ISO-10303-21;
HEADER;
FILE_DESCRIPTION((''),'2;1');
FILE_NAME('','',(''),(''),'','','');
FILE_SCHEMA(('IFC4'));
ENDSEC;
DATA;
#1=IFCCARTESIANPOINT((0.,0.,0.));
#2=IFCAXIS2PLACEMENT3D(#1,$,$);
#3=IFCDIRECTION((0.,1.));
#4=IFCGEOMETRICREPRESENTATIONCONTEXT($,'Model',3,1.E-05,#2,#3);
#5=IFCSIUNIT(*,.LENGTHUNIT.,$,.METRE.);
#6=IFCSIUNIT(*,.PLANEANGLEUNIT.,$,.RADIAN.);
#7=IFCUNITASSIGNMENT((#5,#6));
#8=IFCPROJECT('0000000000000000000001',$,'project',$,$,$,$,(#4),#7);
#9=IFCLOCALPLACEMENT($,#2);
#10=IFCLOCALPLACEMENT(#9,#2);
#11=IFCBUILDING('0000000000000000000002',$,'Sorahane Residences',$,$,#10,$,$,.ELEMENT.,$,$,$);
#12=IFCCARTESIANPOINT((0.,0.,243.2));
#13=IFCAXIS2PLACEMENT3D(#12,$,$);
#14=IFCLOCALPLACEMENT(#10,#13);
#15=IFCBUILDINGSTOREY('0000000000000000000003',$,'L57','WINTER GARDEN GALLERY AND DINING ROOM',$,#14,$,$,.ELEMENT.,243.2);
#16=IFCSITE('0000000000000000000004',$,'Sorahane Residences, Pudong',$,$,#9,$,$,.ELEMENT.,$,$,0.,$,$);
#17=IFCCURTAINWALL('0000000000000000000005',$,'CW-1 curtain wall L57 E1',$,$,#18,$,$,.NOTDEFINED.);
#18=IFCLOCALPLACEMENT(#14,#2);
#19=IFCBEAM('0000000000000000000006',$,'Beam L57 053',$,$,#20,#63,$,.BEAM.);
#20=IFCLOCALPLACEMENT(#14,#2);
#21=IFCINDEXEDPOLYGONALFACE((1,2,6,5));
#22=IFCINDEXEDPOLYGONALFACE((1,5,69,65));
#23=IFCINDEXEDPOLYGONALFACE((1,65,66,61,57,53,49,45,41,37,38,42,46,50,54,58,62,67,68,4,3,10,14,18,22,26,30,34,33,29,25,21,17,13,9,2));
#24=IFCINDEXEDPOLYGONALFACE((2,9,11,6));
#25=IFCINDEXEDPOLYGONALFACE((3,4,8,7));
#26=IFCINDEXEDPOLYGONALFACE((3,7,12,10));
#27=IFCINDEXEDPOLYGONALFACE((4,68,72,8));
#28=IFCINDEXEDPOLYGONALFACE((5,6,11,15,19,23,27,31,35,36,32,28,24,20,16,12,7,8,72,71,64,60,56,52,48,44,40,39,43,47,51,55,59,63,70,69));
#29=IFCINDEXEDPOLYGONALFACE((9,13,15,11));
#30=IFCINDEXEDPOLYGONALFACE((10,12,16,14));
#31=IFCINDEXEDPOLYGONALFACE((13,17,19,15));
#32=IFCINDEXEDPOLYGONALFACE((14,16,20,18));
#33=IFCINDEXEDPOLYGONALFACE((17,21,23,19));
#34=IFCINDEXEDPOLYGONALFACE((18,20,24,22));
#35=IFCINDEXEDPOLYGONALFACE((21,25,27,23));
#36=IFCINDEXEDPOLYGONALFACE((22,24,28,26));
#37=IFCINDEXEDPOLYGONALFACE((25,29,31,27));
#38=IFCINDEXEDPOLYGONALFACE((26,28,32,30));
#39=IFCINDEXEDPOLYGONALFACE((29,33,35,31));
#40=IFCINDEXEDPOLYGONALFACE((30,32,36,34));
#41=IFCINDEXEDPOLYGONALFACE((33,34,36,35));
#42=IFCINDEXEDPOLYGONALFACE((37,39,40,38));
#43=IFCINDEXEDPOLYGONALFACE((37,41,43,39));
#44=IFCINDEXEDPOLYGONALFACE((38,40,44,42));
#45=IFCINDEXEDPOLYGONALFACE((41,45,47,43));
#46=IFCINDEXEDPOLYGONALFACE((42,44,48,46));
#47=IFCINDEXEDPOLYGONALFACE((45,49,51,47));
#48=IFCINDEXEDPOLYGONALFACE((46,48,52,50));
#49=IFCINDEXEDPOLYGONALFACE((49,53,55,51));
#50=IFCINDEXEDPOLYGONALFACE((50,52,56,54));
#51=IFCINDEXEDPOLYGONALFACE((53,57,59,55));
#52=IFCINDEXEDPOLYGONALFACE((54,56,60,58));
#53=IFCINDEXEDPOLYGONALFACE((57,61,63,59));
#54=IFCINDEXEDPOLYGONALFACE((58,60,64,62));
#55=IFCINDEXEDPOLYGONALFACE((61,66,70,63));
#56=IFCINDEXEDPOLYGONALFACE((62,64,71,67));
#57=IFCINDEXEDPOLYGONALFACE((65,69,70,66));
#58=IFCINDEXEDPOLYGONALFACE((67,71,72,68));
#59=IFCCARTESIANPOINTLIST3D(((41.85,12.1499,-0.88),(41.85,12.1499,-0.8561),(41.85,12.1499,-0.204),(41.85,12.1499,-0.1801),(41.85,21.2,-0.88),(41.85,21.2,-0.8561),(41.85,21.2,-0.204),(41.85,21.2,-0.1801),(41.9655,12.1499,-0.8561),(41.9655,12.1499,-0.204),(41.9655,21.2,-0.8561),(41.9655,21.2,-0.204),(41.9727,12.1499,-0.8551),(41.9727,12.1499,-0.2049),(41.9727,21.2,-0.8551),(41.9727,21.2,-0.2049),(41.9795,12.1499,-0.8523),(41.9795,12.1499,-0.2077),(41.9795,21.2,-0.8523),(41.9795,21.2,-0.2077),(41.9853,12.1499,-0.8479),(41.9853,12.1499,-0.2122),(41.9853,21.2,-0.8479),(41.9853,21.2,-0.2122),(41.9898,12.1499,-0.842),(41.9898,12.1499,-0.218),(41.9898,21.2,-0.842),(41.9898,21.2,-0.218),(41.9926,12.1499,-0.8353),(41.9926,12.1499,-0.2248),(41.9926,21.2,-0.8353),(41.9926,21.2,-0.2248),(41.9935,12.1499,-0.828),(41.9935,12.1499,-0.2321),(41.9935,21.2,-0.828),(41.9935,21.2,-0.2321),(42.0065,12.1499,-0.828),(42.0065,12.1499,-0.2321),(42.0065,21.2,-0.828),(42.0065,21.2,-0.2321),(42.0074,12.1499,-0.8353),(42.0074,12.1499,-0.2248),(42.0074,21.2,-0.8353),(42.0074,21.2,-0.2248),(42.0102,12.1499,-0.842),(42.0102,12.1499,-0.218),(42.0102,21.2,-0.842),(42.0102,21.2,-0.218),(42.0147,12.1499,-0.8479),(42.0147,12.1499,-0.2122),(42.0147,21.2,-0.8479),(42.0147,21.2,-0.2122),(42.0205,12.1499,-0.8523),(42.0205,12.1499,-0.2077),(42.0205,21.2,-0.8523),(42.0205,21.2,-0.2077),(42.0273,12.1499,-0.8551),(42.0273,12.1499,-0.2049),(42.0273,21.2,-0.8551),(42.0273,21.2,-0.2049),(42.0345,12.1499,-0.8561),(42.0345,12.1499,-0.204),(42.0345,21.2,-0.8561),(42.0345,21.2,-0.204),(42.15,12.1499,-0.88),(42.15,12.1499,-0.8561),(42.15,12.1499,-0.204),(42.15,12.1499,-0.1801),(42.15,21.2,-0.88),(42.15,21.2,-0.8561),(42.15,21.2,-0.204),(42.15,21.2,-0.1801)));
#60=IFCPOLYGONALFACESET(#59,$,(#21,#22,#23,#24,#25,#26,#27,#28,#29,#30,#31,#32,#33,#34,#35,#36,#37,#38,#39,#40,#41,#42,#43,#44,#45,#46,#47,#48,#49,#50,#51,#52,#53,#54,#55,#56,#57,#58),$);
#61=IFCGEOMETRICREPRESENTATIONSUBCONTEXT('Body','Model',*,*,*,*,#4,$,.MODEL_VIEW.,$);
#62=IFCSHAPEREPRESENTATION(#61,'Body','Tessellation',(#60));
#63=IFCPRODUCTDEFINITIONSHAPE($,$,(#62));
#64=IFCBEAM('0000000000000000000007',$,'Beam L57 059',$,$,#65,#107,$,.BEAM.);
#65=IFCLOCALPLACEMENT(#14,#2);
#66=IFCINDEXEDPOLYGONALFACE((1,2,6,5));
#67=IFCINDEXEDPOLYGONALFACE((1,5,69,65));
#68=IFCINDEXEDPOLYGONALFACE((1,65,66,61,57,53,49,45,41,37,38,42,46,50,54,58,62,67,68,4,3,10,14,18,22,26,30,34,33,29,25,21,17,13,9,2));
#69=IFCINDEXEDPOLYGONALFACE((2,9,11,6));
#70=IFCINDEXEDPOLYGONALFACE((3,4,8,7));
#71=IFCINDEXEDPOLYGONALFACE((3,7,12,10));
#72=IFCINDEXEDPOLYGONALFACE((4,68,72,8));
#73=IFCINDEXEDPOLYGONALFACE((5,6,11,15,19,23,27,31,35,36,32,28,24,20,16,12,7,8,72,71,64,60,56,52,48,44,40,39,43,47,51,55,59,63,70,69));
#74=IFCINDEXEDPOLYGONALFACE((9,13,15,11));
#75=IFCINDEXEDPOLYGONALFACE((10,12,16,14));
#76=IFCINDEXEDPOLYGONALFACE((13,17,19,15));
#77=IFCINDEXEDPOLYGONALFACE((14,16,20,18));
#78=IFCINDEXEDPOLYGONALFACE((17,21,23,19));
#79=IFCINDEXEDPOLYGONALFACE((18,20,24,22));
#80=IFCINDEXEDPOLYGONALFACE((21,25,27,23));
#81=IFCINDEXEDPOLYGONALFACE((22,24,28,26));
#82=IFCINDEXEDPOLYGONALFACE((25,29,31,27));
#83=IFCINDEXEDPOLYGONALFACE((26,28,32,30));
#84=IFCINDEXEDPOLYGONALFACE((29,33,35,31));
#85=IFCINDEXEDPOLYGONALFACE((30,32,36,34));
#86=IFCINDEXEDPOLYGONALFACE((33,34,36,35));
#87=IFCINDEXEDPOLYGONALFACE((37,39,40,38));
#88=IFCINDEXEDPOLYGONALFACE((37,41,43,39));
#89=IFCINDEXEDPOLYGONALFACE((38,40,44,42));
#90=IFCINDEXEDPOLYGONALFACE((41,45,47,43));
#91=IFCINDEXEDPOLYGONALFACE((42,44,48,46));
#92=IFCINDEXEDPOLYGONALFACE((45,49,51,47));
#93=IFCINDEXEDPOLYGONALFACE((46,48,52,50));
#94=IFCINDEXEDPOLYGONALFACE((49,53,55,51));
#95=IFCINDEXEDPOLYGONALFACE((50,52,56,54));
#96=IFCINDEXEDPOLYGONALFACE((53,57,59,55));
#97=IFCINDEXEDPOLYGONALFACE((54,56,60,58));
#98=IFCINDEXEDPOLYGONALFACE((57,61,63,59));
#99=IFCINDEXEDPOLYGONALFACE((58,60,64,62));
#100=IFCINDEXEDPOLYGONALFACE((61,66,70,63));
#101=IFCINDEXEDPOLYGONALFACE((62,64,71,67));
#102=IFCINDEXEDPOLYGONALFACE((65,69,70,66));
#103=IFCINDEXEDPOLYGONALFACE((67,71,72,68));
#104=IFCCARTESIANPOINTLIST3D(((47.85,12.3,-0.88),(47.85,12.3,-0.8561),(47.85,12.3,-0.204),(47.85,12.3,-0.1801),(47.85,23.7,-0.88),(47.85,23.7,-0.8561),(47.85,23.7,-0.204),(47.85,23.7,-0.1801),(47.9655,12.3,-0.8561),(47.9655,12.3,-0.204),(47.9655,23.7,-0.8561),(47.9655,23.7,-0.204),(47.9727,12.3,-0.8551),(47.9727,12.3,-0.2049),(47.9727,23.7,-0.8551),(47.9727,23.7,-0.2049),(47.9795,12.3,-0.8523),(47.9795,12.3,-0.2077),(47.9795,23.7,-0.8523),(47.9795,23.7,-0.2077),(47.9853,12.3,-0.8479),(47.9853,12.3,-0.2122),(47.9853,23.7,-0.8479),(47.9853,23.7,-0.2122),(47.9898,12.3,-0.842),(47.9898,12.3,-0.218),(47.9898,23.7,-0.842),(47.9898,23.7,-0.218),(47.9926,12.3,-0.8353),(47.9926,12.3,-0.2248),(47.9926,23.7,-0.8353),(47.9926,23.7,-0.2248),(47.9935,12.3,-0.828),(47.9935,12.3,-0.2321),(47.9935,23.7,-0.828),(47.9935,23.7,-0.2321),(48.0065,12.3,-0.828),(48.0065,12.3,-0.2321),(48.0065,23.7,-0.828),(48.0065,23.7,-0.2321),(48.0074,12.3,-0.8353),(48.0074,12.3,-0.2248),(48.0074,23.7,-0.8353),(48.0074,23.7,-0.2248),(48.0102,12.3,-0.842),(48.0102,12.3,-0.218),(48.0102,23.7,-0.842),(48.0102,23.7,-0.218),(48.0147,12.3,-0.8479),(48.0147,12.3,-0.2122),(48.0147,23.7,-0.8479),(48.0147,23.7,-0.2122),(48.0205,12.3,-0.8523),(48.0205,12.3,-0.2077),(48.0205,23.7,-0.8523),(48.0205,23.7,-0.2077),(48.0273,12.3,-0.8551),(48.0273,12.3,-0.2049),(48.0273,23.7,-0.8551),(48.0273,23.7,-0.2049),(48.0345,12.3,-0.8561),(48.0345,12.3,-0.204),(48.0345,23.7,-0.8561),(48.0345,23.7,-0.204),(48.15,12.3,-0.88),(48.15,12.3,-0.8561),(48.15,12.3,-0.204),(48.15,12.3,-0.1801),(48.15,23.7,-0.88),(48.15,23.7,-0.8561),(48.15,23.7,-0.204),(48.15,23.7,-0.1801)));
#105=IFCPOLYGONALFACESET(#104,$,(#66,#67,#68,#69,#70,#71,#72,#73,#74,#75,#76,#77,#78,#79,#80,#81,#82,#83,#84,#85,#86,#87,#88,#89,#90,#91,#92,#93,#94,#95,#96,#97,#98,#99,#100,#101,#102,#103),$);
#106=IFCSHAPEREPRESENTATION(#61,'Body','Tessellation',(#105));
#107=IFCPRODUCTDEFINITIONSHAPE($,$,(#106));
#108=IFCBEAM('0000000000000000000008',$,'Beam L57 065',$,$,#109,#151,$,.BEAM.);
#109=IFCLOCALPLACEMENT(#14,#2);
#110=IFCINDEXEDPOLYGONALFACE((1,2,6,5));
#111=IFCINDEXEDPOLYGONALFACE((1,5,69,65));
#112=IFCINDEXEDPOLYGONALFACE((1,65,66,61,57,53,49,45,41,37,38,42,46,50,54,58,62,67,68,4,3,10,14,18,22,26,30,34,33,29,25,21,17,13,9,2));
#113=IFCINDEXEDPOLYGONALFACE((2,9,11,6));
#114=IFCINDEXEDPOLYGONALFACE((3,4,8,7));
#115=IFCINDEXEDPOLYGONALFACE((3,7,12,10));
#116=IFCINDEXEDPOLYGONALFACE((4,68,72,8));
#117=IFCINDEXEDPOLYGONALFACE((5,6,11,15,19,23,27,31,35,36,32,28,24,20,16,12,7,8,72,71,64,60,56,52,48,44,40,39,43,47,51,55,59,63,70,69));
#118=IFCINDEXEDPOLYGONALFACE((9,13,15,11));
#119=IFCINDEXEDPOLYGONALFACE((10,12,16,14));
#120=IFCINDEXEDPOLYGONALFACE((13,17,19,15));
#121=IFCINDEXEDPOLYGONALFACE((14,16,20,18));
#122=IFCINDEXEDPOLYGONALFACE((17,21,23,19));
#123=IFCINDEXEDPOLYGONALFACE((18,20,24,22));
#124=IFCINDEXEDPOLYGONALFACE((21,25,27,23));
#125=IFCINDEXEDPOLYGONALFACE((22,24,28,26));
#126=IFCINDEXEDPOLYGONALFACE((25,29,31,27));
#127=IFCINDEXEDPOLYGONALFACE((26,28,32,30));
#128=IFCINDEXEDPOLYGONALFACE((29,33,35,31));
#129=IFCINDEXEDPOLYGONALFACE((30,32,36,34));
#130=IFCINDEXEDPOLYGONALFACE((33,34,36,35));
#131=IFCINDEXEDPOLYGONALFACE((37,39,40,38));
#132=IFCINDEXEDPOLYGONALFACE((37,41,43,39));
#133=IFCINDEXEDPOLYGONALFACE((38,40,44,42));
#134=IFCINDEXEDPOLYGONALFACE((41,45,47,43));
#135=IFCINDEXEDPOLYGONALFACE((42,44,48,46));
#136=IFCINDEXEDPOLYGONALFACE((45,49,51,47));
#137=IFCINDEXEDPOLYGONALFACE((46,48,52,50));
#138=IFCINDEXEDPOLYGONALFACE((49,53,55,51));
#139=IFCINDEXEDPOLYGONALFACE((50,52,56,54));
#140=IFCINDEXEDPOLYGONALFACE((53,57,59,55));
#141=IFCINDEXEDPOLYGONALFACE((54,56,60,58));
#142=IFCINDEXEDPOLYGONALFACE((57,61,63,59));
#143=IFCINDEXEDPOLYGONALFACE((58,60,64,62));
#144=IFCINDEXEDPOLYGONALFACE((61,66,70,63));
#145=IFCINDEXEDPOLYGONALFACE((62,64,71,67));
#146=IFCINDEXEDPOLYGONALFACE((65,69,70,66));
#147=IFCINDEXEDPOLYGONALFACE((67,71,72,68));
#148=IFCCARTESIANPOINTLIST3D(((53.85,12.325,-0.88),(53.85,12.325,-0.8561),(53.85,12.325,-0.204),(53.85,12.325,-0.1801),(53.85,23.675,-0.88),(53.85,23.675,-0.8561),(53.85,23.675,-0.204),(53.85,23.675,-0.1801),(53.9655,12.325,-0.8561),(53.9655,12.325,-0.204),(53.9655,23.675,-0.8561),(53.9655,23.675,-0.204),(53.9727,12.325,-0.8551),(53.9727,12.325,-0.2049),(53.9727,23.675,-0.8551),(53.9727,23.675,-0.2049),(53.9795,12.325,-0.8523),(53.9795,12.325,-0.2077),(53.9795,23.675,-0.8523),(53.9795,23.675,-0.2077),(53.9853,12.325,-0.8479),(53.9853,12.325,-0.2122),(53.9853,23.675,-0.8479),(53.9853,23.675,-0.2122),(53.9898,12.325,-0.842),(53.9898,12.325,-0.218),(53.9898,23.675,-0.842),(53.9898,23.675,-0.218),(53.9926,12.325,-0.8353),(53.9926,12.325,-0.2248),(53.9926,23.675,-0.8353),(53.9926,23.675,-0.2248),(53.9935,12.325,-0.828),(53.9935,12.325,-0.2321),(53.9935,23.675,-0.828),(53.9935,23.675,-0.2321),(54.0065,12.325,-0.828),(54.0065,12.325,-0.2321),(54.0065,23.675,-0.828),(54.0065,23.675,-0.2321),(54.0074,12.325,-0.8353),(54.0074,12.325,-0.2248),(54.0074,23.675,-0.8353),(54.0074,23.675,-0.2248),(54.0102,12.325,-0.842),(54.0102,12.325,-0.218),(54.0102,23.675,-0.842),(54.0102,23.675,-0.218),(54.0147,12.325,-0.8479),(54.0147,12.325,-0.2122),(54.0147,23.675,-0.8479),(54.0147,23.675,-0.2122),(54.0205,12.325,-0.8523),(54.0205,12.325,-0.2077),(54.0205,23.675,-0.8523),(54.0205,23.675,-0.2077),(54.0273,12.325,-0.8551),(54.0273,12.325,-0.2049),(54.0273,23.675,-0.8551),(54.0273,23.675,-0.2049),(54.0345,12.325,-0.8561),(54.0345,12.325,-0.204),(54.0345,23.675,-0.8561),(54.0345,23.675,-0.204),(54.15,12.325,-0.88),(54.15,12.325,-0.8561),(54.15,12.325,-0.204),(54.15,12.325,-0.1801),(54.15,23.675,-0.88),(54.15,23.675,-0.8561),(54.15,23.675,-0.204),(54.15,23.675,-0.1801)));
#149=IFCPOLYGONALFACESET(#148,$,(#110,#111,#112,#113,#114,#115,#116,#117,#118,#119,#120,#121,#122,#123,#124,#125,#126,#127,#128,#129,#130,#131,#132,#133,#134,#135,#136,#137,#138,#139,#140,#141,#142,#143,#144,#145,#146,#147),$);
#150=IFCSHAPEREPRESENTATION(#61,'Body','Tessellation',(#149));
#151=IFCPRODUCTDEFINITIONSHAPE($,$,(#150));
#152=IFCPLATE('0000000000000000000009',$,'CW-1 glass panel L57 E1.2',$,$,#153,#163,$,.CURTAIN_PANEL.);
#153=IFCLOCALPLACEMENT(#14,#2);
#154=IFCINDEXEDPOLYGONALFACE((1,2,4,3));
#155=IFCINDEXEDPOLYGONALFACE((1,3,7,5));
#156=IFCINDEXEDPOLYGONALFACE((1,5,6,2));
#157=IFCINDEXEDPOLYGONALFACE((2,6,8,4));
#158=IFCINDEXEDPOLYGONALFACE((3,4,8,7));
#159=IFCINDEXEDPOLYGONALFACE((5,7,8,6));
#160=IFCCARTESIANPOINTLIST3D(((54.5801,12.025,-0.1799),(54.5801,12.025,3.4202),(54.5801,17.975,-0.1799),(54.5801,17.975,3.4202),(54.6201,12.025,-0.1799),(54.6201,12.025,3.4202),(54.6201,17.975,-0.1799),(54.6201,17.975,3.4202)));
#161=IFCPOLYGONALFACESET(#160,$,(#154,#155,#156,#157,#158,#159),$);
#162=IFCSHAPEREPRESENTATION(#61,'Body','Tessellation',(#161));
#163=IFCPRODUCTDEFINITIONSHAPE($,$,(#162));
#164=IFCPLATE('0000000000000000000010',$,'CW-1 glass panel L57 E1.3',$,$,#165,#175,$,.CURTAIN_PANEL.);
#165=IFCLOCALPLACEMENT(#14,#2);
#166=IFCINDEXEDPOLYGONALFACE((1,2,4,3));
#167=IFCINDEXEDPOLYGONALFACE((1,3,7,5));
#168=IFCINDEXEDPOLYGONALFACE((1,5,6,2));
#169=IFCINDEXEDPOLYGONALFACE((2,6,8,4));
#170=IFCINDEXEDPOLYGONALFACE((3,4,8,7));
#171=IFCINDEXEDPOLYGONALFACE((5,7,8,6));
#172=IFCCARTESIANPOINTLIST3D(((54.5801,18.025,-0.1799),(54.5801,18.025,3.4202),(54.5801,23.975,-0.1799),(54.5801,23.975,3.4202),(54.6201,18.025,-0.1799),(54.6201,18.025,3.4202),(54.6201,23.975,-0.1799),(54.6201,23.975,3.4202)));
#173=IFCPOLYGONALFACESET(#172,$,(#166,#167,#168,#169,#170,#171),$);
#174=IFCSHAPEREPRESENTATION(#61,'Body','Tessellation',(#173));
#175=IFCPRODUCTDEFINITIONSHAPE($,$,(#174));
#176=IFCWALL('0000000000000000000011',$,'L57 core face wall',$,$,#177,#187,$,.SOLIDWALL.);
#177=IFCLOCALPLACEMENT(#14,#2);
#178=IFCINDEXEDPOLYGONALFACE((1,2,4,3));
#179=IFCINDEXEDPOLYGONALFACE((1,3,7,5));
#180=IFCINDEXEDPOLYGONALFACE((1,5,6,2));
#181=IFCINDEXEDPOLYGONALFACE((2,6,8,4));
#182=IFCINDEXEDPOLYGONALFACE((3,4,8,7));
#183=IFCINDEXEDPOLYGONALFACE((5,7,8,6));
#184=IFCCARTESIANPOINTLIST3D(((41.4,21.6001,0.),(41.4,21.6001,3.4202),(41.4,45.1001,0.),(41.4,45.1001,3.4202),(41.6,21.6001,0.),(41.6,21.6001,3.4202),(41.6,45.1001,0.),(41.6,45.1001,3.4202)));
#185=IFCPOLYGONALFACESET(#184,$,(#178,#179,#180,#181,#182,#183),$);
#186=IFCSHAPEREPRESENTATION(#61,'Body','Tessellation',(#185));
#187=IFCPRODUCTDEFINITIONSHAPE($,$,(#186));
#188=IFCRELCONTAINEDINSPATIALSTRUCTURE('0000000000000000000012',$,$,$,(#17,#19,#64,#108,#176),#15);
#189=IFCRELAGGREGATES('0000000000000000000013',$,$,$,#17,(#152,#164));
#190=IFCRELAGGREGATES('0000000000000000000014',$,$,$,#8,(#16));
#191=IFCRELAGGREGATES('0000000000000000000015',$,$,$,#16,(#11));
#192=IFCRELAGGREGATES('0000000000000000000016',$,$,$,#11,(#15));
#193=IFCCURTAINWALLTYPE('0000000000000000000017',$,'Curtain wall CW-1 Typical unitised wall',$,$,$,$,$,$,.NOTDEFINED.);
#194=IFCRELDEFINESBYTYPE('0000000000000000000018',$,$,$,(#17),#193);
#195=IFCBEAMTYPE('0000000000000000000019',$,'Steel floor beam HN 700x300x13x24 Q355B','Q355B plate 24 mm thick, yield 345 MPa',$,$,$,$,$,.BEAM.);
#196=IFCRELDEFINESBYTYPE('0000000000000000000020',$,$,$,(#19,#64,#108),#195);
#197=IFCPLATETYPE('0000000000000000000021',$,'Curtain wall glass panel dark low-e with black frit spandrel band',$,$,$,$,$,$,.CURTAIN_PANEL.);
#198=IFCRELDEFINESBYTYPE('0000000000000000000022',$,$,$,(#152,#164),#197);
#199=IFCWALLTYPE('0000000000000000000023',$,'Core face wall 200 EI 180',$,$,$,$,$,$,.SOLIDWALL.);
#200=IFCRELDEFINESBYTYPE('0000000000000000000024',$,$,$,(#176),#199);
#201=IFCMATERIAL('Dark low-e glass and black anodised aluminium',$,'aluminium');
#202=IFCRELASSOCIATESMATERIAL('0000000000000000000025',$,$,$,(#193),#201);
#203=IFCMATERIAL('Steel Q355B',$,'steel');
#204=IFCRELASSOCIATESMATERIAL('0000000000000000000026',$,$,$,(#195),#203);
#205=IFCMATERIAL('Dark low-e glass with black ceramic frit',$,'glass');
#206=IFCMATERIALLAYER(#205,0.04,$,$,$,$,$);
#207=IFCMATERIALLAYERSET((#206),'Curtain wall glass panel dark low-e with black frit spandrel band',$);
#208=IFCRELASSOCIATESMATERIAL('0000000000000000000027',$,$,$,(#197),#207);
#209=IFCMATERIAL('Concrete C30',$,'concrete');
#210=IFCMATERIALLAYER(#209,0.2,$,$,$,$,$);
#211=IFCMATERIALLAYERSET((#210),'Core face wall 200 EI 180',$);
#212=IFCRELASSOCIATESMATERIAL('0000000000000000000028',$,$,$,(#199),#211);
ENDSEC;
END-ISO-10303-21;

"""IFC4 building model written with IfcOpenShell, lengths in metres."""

from ifc_helpers import new_model, si_unit, direction, frame, frame_2d, origin, origin_2d, place, context, subcontext, project, spatial, rectangle, i_section, extrude, material, layer, layer_set, material_profile, profile_set, type_object, element, aggregate, save


model = new_model("IFC4")

# Units and contexts
model_context = context("Model", 3, precision=1e-05, world=origin(), true_north=direction((0.0, 1.0)))
body_context = subcontext(model_context, "Body", "Model", "MODEL_VIEW")
ifc_project = project(units=[si_unit("LENGTHUNIT", "METRE"), si_unit("PLANEANGLEUNIT", "RADIAN")], contexts=[model_context])

# Site, building, storey
site_placement = place(None, origin())
site = spatial("IfcSite", under=ifc_project, at=site_placement, Name="Sorahane Residences, Pudong", CompositionType="ELEMENT", RefElevation=0.0)
building_placement = place(site_placement, origin())
building = spatial("IfcBuilding", under=site, at=building_placement, Name="Sorahane Residences", CompositionType="ELEMENT")
storey_placement = place(building_placement, frame((0.0, 0.0, 243.2)))
storey = spatial("IfcBuildingStorey", under=building, at=storey_placement, Name="L57", Description="WINTER GARDEN GALLERY AND DINING ROOM", CompositionType="ELEMENT", Elevation=243.2)

# Curtain wall
ifc_material_1 = material(Name="Dark low-e glass and black anodised aluminium", Category="aluminium")
curtain_wall_type = type_object("IfcCurtainWallType", Name="Curtain wall CW-1 Typical unitised wall", PredefinedType="NOTDEFINED", material=ifc_material_1)
curtain_wall_placement = place(storey_placement, origin())
curtain_wall = element("IfcCurtainWall", 1, at=curtain_wall_placement, inside=storey, type_object=curtain_wall_type, Name="CW-1 curtain wall L57 E1", PredefinedType="NOTDEFINED")

# Beams
ifc_material_2 = material(Name="Steel Q355B", Category="steel")
ifc_material_profile_1 = material_profile(ifc_material_2, i_section(OverallWidth=0.3, OverallDepth=0.7, WebThickness=0.0129, FlangeThickness=0.0239, FilletRadius=0.0281, at=origin_2d()), Name="HN 700x300x13x24")
ifc_profile_set_1 = profile_set([ifc_material_profile_1], Name="Steel Q355B")
beam_type_1 = type_object("IfcBeamType", Name="Steel floor beam HN 700x300x13x24 Q355B", Description="Q355B plate 24 mm thick, yield 345 MPa", PredefinedType="BEAM", material=ifc_profile_set_1)
beam_1_placement = place(storey_placement, frame((42.0, 12.1499, -0.53), z_axis=(0.0, 1.0, 0.0), x_axis=(-1.0, 0.0, 0.0)))
element("IfcBeam", 2, at=beam_1_placement, inside=storey, type_object=beam_type_1, Name="Beam L57 053", PredefinedType="BEAM", context=body_context, shape_type="SweptSolid", body=[
    extrude(i_section(OverallWidth=0.3, OverallDepth=0.7, WebThickness=0.0129, FlangeThickness=0.0239, FilletRadius=0.0281, at=origin_2d()), origin(), (0.0, 0.0, 1.0), 9.05),
])
beam_2_placement = place(storey_placement, frame((48.0, 12.3, -0.53), z_axis=(0.0, 1.0, 0.0), x_axis=(-1.0, 0.0, 0.0)))
element("IfcBeam", 3, at=beam_2_placement, inside=storey, type_object=beam_type_1, Name="Beam L57 059", PredefinedType="BEAM", context=body_context, shape_type="SweptSolid", body=[
    extrude(i_section(OverallWidth=0.3, OverallDepth=0.7, WebThickness=0.0129, FlangeThickness=0.0239, FilletRadius=0.0281, at=origin_2d()), origin(), (0.0, 0.0, 1.0), 11.3999),
])
beam_3_placement = place(storey_placement, frame((54.0, 12.325, -0.53), z_axis=(0.0, 1.0, 0.0), x_axis=(-1.0, 0.0, 0.0)))
element("IfcBeam", 4, at=beam_3_placement, inside=storey, type_object=beam_type_1, Name="Beam L57 065", PredefinedType="BEAM", context=body_context, shape_type="SweptSolid", body=[
    extrude(i_section(OverallWidth=0.3, OverallDepth=0.7, WebThickness=0.0129, FlangeThickness=0.0239, FilletRadius=0.0281, at=origin_2d()), origin(), (0.0, 0.0, 1.0), 11.3501),
])

# Plates
ifc_material_3 = material(Name="Dark low-e glass with black ceramic frit", Category="glass")
ifc_layer_1 = layer(ifc_material_3, 0.04)
ifc_layer_set_1 = layer_set([ifc_layer_1], Name="Curtain wall glass panel dark low-e with black frit spandrel band")
plate_type = type_object("IfcPlateType", Name="Curtain wall glass panel dark low-e with black frit spandrel band", PredefinedType="CURTAIN_PANEL", material=ifc_layer_set_1)
plate_1_placement = place(storey_placement, frame((54.6001, 15.0, -0.1799), z_axis=(0.0, 0.0, 1.0), x_axis=(0.0, 1.0, 0.0)))
plate_1 = element("IfcPlate", 5, at=plate_1_placement, type_object=plate_type, Name="CW-1 glass panel L57 E1.2", PredefinedType="CURTAIN_PANEL", context=body_context, shape_type="SweptSolid", body=[
    extrude(rectangle(XDim=5.95, YDim=0.04, at=origin_2d()), origin(), (0.0, 0.0, 1.0), 3.6001),
])
plate_2_placement = place(storey_placement, frame((54.6001, 21.0, -0.1799), z_axis=(0.0, 0.0, 1.0), x_axis=(0.0, 1.0, 0.0)))
plate_2 = element("IfcPlate", 6, at=plate_2_placement, type_object=plate_type, Name="CW-1 glass panel L57 E1.3", PredefinedType="CURTAIN_PANEL", context=body_context, shape_type="SweptSolid", body=[
    extrude(rectangle(XDim=5.95, YDim=0.04, at=origin_2d()), origin(), (0.0, 0.0, 1.0), 3.6001),
])
aggregate(curtain_wall, [plate_1, plate_2])

# Wall
ifc_material_4 = material(Name="Concrete C30", Category="concrete")
ifc_layer_2 = layer(ifc_material_4, 0.2)
ifc_layer_set_2 = layer_set([ifc_layer_2], Name="Core face wall 200 EI 180")
wall_type_1 = type_object("IfcWallType", Name="Core face wall 200 EI 180", PredefinedType="SOLIDWALL", material=ifc_layer_set_2)
wall_1_placement = place(storey_placement, frame((41.5, 21.6001, 0.0), z_axis=(0.0, 0.0, 1.0), x_axis=(0.0, 1.0, 0.0)))
element("IfcWall", 7, at=wall_1_placement, inside=storey, type_object=wall_type_1, Name="L57 core face wall", PredefinedType="SOLIDWALL", context=body_context, shape_type="SweptSolid", body=[
    extrude(rectangle(XDim=23.5, YDim=0.2, at=frame_2d((11.75, 0.0))), origin(), (0.0, 0.0, 1.0), 3.4202),
])

save(model, "model.ifc")
